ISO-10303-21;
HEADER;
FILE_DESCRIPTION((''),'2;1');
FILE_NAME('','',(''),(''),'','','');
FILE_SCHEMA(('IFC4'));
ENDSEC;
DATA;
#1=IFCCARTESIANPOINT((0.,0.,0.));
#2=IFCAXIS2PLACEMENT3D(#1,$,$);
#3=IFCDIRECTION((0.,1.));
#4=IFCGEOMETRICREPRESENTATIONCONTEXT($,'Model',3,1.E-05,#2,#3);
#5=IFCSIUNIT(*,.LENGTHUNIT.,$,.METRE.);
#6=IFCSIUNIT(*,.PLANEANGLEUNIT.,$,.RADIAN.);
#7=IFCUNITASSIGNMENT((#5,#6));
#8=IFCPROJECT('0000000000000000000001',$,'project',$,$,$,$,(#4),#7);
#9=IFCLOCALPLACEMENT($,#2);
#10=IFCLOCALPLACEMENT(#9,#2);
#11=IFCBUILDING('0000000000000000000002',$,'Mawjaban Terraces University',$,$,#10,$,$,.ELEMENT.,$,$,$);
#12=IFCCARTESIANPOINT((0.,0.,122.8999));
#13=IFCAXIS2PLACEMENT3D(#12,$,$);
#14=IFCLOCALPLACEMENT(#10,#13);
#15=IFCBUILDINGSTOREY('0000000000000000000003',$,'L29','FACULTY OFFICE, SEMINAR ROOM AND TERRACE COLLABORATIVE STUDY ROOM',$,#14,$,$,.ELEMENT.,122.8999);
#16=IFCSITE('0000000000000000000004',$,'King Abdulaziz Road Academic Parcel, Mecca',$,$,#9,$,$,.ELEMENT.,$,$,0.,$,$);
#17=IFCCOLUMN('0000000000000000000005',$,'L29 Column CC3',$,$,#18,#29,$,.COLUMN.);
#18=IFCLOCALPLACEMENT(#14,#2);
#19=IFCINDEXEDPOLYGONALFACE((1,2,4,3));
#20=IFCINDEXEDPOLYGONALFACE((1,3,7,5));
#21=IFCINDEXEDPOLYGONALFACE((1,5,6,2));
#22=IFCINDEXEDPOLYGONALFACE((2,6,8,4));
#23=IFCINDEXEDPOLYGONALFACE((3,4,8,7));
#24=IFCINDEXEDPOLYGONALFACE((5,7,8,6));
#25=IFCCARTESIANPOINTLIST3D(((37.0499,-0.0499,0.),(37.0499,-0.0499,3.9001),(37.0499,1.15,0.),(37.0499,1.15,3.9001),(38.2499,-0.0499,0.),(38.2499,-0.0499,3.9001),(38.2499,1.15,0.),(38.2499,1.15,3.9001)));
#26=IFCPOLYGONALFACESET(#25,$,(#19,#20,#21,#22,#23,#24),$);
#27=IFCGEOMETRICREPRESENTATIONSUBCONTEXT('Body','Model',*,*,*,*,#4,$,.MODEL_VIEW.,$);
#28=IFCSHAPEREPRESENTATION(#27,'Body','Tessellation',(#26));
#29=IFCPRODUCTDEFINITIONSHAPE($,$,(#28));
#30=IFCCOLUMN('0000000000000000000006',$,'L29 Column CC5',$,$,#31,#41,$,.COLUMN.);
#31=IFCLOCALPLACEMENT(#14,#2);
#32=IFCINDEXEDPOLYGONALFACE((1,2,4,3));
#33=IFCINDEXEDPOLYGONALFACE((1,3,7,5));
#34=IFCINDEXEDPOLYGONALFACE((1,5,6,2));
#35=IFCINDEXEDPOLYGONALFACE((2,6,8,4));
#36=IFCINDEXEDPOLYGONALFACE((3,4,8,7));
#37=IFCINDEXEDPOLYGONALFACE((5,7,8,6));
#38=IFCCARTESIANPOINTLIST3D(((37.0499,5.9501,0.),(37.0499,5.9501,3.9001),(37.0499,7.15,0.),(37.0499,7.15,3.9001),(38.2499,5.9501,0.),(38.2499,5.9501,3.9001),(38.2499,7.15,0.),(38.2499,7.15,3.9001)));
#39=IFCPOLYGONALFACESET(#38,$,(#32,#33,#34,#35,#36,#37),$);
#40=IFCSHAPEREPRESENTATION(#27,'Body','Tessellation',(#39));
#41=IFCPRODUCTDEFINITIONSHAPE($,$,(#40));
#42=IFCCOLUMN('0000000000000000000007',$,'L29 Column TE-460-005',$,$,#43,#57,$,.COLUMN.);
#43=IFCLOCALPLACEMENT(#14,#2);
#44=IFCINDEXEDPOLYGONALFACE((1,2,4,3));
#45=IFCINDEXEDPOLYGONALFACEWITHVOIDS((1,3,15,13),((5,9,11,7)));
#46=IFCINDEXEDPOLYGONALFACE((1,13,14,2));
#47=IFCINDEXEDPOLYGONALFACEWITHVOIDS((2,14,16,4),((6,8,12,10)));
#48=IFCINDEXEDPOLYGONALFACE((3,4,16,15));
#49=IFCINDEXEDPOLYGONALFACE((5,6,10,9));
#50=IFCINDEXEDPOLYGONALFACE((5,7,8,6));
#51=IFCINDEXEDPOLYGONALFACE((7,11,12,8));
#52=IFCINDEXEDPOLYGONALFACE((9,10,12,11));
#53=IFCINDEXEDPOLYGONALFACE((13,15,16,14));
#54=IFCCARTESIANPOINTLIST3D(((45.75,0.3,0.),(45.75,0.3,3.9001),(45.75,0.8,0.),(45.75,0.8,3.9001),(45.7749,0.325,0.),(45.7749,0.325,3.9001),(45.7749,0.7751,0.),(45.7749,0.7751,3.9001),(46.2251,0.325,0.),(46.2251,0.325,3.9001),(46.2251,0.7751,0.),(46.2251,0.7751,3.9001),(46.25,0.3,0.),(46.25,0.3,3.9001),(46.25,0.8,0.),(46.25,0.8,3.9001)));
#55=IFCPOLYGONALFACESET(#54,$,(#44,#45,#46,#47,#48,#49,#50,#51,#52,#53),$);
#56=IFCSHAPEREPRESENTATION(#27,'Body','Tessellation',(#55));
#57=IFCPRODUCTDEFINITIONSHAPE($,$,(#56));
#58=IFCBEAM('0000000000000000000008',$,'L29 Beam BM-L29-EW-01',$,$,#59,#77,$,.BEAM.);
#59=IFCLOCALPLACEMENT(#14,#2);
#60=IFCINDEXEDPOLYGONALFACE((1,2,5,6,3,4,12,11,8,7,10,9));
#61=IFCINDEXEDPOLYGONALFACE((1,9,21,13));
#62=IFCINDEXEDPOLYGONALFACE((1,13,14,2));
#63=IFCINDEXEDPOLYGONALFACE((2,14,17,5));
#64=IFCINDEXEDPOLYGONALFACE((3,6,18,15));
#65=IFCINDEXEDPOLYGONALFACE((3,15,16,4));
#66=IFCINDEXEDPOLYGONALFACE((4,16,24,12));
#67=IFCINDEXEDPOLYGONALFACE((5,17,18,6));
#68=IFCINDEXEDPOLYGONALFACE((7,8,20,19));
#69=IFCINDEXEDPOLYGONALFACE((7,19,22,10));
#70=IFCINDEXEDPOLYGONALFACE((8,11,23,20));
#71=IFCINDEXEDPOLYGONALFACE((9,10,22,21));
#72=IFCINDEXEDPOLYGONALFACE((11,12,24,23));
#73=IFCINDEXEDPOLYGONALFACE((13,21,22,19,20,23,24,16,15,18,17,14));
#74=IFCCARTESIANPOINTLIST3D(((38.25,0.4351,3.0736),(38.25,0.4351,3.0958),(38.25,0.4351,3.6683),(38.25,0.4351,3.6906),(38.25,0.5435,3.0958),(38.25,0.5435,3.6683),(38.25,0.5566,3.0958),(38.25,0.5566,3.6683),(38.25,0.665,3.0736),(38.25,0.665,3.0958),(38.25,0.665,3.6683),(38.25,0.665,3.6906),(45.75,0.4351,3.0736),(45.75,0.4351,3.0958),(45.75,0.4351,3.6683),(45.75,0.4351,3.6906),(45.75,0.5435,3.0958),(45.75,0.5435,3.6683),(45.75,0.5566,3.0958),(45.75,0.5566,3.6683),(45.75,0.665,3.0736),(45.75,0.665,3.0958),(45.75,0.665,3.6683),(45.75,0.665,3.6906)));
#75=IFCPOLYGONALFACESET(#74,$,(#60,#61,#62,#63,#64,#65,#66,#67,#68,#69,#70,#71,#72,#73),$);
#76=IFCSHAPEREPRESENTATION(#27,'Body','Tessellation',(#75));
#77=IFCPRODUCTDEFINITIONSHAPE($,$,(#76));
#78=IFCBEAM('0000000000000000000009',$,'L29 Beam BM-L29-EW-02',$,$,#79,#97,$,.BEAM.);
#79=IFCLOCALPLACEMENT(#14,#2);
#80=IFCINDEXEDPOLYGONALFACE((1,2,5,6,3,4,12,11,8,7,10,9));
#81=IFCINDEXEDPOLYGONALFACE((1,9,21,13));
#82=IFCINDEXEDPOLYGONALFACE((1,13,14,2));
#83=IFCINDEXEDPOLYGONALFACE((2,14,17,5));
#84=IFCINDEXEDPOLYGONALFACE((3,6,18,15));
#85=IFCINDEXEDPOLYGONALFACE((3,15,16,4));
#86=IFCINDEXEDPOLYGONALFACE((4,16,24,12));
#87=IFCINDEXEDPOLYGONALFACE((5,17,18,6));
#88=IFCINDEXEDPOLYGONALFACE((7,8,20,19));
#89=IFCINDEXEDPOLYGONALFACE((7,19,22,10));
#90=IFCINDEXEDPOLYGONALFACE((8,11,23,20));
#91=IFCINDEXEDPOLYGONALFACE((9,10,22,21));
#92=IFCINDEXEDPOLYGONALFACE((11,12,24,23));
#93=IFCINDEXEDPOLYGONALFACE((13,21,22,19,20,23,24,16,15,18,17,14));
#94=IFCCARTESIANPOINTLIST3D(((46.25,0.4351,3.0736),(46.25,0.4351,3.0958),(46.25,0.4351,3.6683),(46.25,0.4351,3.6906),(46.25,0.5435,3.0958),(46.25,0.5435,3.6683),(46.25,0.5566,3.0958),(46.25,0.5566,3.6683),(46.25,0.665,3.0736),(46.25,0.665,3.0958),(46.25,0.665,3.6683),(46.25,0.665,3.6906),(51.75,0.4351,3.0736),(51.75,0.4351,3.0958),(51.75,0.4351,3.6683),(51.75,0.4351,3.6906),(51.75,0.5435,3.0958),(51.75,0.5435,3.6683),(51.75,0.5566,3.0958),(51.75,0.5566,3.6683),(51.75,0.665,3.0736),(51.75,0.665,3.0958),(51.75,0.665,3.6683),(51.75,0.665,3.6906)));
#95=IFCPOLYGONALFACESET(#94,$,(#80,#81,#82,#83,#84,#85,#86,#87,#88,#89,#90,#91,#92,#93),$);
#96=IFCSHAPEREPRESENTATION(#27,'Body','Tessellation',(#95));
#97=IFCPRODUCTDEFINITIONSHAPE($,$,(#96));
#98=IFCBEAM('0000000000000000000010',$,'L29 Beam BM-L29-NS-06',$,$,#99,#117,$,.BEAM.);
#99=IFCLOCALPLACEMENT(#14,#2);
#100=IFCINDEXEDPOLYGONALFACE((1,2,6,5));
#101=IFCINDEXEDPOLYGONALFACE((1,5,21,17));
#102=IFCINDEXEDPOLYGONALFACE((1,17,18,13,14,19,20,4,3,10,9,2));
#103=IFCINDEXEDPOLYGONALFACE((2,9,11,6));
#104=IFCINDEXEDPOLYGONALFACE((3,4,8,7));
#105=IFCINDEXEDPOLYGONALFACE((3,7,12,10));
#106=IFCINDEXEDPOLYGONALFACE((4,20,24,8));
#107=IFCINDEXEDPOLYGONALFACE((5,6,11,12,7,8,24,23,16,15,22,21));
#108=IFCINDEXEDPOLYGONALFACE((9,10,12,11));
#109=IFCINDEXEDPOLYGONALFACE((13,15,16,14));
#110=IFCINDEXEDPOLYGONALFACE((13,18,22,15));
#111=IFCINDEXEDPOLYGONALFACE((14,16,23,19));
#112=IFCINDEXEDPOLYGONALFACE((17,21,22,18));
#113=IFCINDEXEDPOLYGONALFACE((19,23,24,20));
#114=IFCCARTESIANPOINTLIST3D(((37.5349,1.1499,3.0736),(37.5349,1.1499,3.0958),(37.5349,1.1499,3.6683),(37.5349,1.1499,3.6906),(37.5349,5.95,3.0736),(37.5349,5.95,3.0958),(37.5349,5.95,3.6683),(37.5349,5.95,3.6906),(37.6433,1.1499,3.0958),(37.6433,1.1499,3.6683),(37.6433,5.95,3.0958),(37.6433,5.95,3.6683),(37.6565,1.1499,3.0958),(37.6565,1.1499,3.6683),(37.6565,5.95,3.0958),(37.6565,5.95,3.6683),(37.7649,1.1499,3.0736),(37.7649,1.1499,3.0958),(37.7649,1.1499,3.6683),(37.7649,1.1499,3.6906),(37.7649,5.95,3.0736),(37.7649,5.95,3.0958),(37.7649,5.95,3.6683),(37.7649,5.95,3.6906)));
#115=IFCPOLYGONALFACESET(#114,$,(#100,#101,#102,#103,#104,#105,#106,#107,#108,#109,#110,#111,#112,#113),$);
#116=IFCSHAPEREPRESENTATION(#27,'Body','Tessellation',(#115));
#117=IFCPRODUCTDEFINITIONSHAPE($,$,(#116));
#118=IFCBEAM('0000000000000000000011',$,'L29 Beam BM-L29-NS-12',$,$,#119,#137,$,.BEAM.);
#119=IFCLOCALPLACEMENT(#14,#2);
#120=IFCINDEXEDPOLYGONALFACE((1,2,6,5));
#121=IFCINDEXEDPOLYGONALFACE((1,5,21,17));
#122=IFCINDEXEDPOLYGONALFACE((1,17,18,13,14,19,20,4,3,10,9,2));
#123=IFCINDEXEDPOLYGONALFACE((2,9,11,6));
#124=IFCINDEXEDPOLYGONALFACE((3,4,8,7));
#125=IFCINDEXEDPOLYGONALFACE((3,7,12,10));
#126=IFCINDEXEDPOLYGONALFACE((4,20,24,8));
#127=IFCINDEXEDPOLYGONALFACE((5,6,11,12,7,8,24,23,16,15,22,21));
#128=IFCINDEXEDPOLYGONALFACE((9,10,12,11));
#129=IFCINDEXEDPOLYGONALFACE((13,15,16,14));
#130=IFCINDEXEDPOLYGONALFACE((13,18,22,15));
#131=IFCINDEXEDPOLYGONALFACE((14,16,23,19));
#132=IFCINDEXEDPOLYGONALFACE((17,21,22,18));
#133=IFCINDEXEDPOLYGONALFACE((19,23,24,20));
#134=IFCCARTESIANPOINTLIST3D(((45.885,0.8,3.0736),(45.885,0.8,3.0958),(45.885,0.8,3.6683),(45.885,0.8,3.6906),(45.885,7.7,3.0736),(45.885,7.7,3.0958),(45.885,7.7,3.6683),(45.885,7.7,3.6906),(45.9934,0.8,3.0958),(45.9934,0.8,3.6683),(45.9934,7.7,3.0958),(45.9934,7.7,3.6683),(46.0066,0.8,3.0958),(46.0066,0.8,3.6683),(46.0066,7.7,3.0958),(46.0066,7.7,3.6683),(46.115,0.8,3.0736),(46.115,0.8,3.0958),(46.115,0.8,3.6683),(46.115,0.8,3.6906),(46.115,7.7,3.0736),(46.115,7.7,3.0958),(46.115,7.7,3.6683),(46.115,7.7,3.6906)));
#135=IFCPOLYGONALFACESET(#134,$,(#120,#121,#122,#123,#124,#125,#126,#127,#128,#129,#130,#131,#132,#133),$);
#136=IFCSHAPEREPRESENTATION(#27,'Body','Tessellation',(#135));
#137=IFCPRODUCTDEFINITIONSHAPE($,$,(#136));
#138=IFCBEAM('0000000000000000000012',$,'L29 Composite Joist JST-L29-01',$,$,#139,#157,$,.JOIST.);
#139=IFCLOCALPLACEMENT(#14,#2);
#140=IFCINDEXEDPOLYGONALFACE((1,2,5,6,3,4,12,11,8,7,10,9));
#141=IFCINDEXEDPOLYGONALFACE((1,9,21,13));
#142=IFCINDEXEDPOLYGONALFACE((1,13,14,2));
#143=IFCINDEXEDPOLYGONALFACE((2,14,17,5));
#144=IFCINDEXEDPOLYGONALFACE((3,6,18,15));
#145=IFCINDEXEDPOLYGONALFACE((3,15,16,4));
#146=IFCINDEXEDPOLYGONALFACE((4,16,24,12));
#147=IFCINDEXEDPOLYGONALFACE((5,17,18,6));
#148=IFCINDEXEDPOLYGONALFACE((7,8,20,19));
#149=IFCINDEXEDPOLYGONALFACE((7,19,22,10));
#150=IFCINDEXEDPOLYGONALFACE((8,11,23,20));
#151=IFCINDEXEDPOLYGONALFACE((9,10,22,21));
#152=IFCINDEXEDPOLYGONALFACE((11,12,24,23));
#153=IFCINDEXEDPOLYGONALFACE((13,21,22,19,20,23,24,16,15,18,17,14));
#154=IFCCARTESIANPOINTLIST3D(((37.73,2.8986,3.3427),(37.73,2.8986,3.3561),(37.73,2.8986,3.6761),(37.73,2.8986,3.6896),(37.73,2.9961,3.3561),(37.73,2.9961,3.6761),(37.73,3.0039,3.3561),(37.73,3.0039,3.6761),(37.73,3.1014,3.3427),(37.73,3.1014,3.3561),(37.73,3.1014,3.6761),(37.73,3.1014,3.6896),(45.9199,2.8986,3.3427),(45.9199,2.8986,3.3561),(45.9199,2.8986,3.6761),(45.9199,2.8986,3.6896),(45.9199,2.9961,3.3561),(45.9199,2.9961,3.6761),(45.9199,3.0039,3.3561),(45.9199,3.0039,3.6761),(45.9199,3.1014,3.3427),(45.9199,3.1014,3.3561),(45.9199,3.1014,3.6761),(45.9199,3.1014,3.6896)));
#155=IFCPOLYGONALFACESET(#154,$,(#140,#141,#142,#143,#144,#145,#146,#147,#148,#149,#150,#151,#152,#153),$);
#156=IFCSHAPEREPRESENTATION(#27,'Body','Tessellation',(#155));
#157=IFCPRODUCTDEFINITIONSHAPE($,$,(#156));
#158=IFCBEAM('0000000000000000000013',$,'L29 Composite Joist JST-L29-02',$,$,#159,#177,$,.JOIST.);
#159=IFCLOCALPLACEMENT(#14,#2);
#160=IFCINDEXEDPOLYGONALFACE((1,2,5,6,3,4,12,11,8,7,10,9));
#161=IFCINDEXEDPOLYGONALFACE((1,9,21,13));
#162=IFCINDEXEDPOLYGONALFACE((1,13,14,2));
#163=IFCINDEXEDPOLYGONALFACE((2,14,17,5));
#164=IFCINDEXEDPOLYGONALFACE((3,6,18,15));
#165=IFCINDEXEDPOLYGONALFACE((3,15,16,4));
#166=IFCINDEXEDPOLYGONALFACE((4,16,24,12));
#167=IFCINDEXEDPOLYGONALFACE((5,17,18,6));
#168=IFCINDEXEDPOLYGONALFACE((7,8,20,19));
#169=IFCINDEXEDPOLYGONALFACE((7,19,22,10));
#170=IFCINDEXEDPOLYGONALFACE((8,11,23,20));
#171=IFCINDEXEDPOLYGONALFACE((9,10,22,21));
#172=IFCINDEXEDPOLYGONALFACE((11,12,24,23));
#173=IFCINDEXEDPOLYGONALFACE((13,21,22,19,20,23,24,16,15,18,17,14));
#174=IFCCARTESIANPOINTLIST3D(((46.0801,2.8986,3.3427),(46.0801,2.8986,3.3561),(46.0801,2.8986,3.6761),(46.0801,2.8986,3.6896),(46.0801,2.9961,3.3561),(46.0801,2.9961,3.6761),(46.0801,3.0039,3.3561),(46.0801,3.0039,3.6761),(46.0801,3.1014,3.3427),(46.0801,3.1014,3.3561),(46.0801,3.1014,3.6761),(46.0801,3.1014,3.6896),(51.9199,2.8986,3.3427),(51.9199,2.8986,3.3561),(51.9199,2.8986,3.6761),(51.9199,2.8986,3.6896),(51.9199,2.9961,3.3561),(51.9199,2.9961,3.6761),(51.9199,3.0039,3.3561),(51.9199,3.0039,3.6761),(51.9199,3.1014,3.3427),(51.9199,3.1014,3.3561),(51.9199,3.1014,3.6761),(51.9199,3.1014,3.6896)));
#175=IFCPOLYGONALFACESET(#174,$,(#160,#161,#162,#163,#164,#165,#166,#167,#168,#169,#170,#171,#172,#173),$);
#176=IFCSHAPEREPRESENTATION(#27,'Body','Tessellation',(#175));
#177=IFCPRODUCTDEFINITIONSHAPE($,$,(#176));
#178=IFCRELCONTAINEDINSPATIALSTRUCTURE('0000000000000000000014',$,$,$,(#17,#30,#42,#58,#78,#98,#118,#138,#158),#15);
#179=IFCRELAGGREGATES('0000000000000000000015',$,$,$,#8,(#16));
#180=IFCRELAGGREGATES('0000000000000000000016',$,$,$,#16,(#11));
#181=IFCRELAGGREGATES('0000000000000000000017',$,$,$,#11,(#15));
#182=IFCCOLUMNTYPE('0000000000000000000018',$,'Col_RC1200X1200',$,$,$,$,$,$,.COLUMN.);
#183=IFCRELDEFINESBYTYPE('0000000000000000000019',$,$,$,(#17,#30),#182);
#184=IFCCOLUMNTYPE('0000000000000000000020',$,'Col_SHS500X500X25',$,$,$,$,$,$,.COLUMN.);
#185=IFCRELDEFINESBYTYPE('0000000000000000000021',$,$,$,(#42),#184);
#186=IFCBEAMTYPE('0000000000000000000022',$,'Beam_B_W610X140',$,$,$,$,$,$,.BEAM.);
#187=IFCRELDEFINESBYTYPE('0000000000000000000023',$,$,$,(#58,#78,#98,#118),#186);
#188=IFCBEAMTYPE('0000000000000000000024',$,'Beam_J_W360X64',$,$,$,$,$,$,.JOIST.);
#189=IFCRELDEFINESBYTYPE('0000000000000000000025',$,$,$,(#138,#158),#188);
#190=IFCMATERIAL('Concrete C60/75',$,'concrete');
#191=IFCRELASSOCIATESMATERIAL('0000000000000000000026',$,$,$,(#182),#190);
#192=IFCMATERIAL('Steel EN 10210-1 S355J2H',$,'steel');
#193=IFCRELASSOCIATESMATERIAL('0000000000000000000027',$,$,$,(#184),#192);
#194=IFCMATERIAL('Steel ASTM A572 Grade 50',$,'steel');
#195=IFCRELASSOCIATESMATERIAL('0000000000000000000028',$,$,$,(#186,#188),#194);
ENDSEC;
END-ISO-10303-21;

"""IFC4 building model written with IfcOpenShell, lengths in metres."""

from ifc_helpers import new_model, si_unit, direction, frame, origin, origin_2d, place, context, subcontext, project, spatial, rectangle, hollow_rectangle, i_section, extrude, material, material_profile, profile_set, type_object, element, save


model = new_model("IFC4")

# Units and contexts
model_context = context("Model", 3, precision=1e-05, world=origin(), true_north=direction((0.0, 1.0)))
body_context = subcontext(model_context, "Body", "Model", "MODEL_VIEW")
ifc_project = project(units=[si_unit("LENGTHUNIT", "METRE"), si_unit("PLANEANGLEUNIT", "RADIAN")], contexts=[model_context])

# Site, building, storey
site_placement = place(None, origin())
site = spatial("IfcSite", under=ifc_project, at=site_placement, Name="King Abdulaziz Road Academic Parcel, Mecca", CompositionType="ELEMENT", RefElevation=0.0)
building_placement = place(site_placement, origin())
building = spatial("IfcBuilding", under=site, at=building_placement, Name="Mawjaban Terraces University", CompositionType="ELEMENT")
storey_placement = place(building_placement, frame((0.0, 0.0, 122.8999)))
storey = spatial("IfcBuildingStorey", under=building, at=storey_placement, Name="L29", Description="FACULTY OFFICE, SEMINAR ROOM AND TERRACE COLLABORATIVE STUDY ROOM", CompositionType="ELEMENT", Elevation=122.8999)

# Columns
ifc_material_1 = material(Name="Concrete C60/75", Category="concrete")
ifc_material_profile_1 = material_profile(ifc_material_1, rectangle(XDim=1.2, YDim=1.2, at=origin_2d()), Name="RC1200X1200")
ifc_profile_set_1 = profile_set([ifc_material_profile_1], Name="Concrete C60/75")
column_type_1 = type_object("IfcColumnType", Name="Col_RC1200X1200", PredefinedType="COLUMN", material=ifc_profile_set_1)
for number, where, z_axis, x_axis, name in (
    (1, (37.6499, 0.55, 0.0), (0.0, 0.0, 1.0), (1.0, 0.0, 0.0), "L29 Column CC3"),
    (2, (37.6499, 6.55, 0.0), (0.0, 0.0, 1.0), (1.0, 0.0, 0.0), "L29 Column CC5"),
):
    element("IfcColumn", number, at=place(storey_placement, frame(where, z_axis=z_axis, x_axis=x_axis)), inside=storey, type_object=column_type_1, Name=name, PredefinedType="COLUMN", context=body_context, shape_type="SweptSolid", body=[
        extrude(rectangle(XDim=1.2, YDim=1.2, at=origin_2d()), origin(), (0.0, 0.0, 1.0), 3.9001),
    ])
ifc_material_2 = material(Name="Steel EN 10210-1 S355J2H", Category="steel")
ifc_material_profile_2 = material_profile(ifc_material_2, hollow_rectangle(XDim=0.5, YDim=0.5, WallThickness=0.0249, at=origin_2d()), Name="SHS500X500X25")
ifc_profile_set_2 = profile_set([ifc_material_profile_2], Name="Steel EN 10210-1 S355J2H")
column_type_2 = type_object("IfcColumnType", Name="Col_SHS500X500X25", PredefinedType="COLUMN", material=ifc_profile_set_2)
column_placement = place(storey_placement, frame((46.0, 0.55, 0.0), z_axis=(0.0, 0.0, 1.0), x_axis=(1.0, 0.0, 0.0)))
element("IfcColumn", 3, at=column_placement, inside=storey, type_object=column_type_2, Name="L29 Column TE-460-005", PredefinedType="COLUMN", context=body_context, shape_type="SweptSolid", body=[
    extrude(hollow_rectangle(XDim=0.5, YDim=0.5, WallThickness=0.0249, at=origin_2d()), origin(), (0.0, 0.0, 1.0), 3.9001),
])

# Beams
ifc_material_3 = material(Name="Steel ASTM A572 Grade 50", Category="steel")
ifc_material_profile_3 = material_profile(ifc_material_3, i_section(OverallWidth=0.23, OverallDepth=0.6169, WebThickness=0.0132, FlangeThickness=0.0222, at=origin_2d()), Name="W610X140")
ifc_profile_set_3 = profile_set([ifc_material_profile_3], Name="Steel ASTM A572 Grade 50")
beam_type_1 = type_object("IfcBeamType", Name="Beam_B_W610X140", PredefinedType="BEAM", material=ifc_profile_set_3)
beam_1_placement = place(storey_placement, frame((38.25, 0.55, 3.3821), z_axis=(1.0, 0.0, 0.0), x_axis=(0.0, 1.0, 0.0)))
element("IfcBeam", 4, at=beam_1_placement, inside=storey, type_object=beam_type_1, Name="L29 Beam BM-L29-EW-01", PredefinedType="BEAM", context=body_context, shape_type="SweptSolid", body=[
    extrude(i_section(OverallWidth=0.23, OverallDepth=0.6169, WebThickness=0.0132, FlangeThickness=0.0222, at=origin_2d()), origin(), (0.0, 0.0, 1.0), 7.5),
])
beam_2_placement = place(storey_placement, frame((46.25, 0.55, 3.3821), z_axis=(1.0, 0.0, 0.0), x_axis=(0.0, 1.0, 0.0)))
element("IfcBeam", 5, at=beam_2_placement, inside=storey, type_object=beam_type_1, Name="L29 Beam BM-L29-EW-02", PredefinedType="BEAM", context=body_context, shape_type="SweptSolid", body=[
    extrude(i_section(OverallWidth=0.23, OverallDepth=0.6169, WebThickness=0.0132, FlangeThickness=0.0222, at=origin_2d()), origin(), (0.0, 0.0, 1.0), 5.5),
])
beam_3_placement = place(storey_placement, frame((37.6499, 1.1499, 3.3821), z_axis=(0.0, 1.0, 0.0), x_axis=(-1.0, 0.0, 0.0)))
element("IfcBeam", 6, at=beam_3_placement, inside=storey, type_object=beam_type_1, Name="L29 Beam BM-L29-NS-06", PredefinedType="BEAM", context=body_context, shape_type="SweptSolid", body=[
    extrude(i_section(OverallWidth=0.23, OverallDepth=0.6169, WebThickness=0.0132, FlangeThickness=0.0222, at=origin_2d()), origin(), (0.0, 0.0, 1.0), 4.8),
])
beam_4_placement = place(storey_placement, frame((46.0, 0.8, 3.3821), z_axis=(0.0, 1.0, 0.0), x_axis=(-1.0, 0.0, 0.0)))
element("IfcBeam", 7, at=beam_4_placement, inside=storey, type_object=beam_type_1, Name="L29 Beam BM-L29-NS-12", PredefinedType="BEAM", context=body_context, shape_type="SweptSolid", body=[
    extrude(i_section(OverallWidth=0.23, OverallDepth=0.6169, WebThickness=0.0132, FlangeThickness=0.0222, at=origin_2d()), origin(), (0.0, 0.0, 1.0), 6.8999),
])
ifc_material_profile_4 = material_profile(ifc_material_3, i_section(OverallWidth=0.2029, OverallDepth=0.3469, WebThickness=0.0078, FlangeThickness=0.0134, at=origin_2d()), Name="W360X64")
ifc_profile_set_4 = profile_set([ifc_material_profile_4], Name="Steel ASTM A572 Grade 50")
beam_type_2 = type_object("IfcBeamType", Name="Beam_J_W360X64", PredefinedType="JOIST", material=ifc_profile_set_4)
beam_5_placement = place(storey_placement, frame((37.73, 3.0, 3.5161), z_axis=(1.0, 0.0, 0.0), x_axis=(0.0, 1.0, 0.0)))
element("IfcBeam", 8, at=beam_5_placement, inside=storey, type_object=beam_type_2, Name="L29 Composite Joist JST-L29-01", PredefinedType="JOIST", context=body_context, shape_type="SweptSolid", body=[
    extrude(i_section(OverallWidth=0.2029, OverallDepth=0.3469, WebThickness=0.0078, FlangeThickness=0.0134, at=origin_2d()), origin(), (0.0, 0.0, 1.0), 8.1899),
])
beam_6_placement = place(storey_placement, frame((46.0801, 3.0, 3.5161), z_axis=(1.0, 0.0, 0.0), x_axis=(0.0, 1.0, 0.0)))
element("IfcBeam", 9, at=beam_6_placement, inside=storey, type_object=beam_type_2, Name="L29 Composite Joist JST-L29-02", PredefinedType="JOIST", context=body_context, shape_type="SweptSolid", body=[
    extrude(i_section(OverallWidth=0.2029, OverallDepth=0.3469, WebThickness=0.0078, FlangeThickness=0.0134, at=origin_2d()), origin(), (0.0, 0.0, 1.0), 5.8398),
])

save(model, "model.ifc")
